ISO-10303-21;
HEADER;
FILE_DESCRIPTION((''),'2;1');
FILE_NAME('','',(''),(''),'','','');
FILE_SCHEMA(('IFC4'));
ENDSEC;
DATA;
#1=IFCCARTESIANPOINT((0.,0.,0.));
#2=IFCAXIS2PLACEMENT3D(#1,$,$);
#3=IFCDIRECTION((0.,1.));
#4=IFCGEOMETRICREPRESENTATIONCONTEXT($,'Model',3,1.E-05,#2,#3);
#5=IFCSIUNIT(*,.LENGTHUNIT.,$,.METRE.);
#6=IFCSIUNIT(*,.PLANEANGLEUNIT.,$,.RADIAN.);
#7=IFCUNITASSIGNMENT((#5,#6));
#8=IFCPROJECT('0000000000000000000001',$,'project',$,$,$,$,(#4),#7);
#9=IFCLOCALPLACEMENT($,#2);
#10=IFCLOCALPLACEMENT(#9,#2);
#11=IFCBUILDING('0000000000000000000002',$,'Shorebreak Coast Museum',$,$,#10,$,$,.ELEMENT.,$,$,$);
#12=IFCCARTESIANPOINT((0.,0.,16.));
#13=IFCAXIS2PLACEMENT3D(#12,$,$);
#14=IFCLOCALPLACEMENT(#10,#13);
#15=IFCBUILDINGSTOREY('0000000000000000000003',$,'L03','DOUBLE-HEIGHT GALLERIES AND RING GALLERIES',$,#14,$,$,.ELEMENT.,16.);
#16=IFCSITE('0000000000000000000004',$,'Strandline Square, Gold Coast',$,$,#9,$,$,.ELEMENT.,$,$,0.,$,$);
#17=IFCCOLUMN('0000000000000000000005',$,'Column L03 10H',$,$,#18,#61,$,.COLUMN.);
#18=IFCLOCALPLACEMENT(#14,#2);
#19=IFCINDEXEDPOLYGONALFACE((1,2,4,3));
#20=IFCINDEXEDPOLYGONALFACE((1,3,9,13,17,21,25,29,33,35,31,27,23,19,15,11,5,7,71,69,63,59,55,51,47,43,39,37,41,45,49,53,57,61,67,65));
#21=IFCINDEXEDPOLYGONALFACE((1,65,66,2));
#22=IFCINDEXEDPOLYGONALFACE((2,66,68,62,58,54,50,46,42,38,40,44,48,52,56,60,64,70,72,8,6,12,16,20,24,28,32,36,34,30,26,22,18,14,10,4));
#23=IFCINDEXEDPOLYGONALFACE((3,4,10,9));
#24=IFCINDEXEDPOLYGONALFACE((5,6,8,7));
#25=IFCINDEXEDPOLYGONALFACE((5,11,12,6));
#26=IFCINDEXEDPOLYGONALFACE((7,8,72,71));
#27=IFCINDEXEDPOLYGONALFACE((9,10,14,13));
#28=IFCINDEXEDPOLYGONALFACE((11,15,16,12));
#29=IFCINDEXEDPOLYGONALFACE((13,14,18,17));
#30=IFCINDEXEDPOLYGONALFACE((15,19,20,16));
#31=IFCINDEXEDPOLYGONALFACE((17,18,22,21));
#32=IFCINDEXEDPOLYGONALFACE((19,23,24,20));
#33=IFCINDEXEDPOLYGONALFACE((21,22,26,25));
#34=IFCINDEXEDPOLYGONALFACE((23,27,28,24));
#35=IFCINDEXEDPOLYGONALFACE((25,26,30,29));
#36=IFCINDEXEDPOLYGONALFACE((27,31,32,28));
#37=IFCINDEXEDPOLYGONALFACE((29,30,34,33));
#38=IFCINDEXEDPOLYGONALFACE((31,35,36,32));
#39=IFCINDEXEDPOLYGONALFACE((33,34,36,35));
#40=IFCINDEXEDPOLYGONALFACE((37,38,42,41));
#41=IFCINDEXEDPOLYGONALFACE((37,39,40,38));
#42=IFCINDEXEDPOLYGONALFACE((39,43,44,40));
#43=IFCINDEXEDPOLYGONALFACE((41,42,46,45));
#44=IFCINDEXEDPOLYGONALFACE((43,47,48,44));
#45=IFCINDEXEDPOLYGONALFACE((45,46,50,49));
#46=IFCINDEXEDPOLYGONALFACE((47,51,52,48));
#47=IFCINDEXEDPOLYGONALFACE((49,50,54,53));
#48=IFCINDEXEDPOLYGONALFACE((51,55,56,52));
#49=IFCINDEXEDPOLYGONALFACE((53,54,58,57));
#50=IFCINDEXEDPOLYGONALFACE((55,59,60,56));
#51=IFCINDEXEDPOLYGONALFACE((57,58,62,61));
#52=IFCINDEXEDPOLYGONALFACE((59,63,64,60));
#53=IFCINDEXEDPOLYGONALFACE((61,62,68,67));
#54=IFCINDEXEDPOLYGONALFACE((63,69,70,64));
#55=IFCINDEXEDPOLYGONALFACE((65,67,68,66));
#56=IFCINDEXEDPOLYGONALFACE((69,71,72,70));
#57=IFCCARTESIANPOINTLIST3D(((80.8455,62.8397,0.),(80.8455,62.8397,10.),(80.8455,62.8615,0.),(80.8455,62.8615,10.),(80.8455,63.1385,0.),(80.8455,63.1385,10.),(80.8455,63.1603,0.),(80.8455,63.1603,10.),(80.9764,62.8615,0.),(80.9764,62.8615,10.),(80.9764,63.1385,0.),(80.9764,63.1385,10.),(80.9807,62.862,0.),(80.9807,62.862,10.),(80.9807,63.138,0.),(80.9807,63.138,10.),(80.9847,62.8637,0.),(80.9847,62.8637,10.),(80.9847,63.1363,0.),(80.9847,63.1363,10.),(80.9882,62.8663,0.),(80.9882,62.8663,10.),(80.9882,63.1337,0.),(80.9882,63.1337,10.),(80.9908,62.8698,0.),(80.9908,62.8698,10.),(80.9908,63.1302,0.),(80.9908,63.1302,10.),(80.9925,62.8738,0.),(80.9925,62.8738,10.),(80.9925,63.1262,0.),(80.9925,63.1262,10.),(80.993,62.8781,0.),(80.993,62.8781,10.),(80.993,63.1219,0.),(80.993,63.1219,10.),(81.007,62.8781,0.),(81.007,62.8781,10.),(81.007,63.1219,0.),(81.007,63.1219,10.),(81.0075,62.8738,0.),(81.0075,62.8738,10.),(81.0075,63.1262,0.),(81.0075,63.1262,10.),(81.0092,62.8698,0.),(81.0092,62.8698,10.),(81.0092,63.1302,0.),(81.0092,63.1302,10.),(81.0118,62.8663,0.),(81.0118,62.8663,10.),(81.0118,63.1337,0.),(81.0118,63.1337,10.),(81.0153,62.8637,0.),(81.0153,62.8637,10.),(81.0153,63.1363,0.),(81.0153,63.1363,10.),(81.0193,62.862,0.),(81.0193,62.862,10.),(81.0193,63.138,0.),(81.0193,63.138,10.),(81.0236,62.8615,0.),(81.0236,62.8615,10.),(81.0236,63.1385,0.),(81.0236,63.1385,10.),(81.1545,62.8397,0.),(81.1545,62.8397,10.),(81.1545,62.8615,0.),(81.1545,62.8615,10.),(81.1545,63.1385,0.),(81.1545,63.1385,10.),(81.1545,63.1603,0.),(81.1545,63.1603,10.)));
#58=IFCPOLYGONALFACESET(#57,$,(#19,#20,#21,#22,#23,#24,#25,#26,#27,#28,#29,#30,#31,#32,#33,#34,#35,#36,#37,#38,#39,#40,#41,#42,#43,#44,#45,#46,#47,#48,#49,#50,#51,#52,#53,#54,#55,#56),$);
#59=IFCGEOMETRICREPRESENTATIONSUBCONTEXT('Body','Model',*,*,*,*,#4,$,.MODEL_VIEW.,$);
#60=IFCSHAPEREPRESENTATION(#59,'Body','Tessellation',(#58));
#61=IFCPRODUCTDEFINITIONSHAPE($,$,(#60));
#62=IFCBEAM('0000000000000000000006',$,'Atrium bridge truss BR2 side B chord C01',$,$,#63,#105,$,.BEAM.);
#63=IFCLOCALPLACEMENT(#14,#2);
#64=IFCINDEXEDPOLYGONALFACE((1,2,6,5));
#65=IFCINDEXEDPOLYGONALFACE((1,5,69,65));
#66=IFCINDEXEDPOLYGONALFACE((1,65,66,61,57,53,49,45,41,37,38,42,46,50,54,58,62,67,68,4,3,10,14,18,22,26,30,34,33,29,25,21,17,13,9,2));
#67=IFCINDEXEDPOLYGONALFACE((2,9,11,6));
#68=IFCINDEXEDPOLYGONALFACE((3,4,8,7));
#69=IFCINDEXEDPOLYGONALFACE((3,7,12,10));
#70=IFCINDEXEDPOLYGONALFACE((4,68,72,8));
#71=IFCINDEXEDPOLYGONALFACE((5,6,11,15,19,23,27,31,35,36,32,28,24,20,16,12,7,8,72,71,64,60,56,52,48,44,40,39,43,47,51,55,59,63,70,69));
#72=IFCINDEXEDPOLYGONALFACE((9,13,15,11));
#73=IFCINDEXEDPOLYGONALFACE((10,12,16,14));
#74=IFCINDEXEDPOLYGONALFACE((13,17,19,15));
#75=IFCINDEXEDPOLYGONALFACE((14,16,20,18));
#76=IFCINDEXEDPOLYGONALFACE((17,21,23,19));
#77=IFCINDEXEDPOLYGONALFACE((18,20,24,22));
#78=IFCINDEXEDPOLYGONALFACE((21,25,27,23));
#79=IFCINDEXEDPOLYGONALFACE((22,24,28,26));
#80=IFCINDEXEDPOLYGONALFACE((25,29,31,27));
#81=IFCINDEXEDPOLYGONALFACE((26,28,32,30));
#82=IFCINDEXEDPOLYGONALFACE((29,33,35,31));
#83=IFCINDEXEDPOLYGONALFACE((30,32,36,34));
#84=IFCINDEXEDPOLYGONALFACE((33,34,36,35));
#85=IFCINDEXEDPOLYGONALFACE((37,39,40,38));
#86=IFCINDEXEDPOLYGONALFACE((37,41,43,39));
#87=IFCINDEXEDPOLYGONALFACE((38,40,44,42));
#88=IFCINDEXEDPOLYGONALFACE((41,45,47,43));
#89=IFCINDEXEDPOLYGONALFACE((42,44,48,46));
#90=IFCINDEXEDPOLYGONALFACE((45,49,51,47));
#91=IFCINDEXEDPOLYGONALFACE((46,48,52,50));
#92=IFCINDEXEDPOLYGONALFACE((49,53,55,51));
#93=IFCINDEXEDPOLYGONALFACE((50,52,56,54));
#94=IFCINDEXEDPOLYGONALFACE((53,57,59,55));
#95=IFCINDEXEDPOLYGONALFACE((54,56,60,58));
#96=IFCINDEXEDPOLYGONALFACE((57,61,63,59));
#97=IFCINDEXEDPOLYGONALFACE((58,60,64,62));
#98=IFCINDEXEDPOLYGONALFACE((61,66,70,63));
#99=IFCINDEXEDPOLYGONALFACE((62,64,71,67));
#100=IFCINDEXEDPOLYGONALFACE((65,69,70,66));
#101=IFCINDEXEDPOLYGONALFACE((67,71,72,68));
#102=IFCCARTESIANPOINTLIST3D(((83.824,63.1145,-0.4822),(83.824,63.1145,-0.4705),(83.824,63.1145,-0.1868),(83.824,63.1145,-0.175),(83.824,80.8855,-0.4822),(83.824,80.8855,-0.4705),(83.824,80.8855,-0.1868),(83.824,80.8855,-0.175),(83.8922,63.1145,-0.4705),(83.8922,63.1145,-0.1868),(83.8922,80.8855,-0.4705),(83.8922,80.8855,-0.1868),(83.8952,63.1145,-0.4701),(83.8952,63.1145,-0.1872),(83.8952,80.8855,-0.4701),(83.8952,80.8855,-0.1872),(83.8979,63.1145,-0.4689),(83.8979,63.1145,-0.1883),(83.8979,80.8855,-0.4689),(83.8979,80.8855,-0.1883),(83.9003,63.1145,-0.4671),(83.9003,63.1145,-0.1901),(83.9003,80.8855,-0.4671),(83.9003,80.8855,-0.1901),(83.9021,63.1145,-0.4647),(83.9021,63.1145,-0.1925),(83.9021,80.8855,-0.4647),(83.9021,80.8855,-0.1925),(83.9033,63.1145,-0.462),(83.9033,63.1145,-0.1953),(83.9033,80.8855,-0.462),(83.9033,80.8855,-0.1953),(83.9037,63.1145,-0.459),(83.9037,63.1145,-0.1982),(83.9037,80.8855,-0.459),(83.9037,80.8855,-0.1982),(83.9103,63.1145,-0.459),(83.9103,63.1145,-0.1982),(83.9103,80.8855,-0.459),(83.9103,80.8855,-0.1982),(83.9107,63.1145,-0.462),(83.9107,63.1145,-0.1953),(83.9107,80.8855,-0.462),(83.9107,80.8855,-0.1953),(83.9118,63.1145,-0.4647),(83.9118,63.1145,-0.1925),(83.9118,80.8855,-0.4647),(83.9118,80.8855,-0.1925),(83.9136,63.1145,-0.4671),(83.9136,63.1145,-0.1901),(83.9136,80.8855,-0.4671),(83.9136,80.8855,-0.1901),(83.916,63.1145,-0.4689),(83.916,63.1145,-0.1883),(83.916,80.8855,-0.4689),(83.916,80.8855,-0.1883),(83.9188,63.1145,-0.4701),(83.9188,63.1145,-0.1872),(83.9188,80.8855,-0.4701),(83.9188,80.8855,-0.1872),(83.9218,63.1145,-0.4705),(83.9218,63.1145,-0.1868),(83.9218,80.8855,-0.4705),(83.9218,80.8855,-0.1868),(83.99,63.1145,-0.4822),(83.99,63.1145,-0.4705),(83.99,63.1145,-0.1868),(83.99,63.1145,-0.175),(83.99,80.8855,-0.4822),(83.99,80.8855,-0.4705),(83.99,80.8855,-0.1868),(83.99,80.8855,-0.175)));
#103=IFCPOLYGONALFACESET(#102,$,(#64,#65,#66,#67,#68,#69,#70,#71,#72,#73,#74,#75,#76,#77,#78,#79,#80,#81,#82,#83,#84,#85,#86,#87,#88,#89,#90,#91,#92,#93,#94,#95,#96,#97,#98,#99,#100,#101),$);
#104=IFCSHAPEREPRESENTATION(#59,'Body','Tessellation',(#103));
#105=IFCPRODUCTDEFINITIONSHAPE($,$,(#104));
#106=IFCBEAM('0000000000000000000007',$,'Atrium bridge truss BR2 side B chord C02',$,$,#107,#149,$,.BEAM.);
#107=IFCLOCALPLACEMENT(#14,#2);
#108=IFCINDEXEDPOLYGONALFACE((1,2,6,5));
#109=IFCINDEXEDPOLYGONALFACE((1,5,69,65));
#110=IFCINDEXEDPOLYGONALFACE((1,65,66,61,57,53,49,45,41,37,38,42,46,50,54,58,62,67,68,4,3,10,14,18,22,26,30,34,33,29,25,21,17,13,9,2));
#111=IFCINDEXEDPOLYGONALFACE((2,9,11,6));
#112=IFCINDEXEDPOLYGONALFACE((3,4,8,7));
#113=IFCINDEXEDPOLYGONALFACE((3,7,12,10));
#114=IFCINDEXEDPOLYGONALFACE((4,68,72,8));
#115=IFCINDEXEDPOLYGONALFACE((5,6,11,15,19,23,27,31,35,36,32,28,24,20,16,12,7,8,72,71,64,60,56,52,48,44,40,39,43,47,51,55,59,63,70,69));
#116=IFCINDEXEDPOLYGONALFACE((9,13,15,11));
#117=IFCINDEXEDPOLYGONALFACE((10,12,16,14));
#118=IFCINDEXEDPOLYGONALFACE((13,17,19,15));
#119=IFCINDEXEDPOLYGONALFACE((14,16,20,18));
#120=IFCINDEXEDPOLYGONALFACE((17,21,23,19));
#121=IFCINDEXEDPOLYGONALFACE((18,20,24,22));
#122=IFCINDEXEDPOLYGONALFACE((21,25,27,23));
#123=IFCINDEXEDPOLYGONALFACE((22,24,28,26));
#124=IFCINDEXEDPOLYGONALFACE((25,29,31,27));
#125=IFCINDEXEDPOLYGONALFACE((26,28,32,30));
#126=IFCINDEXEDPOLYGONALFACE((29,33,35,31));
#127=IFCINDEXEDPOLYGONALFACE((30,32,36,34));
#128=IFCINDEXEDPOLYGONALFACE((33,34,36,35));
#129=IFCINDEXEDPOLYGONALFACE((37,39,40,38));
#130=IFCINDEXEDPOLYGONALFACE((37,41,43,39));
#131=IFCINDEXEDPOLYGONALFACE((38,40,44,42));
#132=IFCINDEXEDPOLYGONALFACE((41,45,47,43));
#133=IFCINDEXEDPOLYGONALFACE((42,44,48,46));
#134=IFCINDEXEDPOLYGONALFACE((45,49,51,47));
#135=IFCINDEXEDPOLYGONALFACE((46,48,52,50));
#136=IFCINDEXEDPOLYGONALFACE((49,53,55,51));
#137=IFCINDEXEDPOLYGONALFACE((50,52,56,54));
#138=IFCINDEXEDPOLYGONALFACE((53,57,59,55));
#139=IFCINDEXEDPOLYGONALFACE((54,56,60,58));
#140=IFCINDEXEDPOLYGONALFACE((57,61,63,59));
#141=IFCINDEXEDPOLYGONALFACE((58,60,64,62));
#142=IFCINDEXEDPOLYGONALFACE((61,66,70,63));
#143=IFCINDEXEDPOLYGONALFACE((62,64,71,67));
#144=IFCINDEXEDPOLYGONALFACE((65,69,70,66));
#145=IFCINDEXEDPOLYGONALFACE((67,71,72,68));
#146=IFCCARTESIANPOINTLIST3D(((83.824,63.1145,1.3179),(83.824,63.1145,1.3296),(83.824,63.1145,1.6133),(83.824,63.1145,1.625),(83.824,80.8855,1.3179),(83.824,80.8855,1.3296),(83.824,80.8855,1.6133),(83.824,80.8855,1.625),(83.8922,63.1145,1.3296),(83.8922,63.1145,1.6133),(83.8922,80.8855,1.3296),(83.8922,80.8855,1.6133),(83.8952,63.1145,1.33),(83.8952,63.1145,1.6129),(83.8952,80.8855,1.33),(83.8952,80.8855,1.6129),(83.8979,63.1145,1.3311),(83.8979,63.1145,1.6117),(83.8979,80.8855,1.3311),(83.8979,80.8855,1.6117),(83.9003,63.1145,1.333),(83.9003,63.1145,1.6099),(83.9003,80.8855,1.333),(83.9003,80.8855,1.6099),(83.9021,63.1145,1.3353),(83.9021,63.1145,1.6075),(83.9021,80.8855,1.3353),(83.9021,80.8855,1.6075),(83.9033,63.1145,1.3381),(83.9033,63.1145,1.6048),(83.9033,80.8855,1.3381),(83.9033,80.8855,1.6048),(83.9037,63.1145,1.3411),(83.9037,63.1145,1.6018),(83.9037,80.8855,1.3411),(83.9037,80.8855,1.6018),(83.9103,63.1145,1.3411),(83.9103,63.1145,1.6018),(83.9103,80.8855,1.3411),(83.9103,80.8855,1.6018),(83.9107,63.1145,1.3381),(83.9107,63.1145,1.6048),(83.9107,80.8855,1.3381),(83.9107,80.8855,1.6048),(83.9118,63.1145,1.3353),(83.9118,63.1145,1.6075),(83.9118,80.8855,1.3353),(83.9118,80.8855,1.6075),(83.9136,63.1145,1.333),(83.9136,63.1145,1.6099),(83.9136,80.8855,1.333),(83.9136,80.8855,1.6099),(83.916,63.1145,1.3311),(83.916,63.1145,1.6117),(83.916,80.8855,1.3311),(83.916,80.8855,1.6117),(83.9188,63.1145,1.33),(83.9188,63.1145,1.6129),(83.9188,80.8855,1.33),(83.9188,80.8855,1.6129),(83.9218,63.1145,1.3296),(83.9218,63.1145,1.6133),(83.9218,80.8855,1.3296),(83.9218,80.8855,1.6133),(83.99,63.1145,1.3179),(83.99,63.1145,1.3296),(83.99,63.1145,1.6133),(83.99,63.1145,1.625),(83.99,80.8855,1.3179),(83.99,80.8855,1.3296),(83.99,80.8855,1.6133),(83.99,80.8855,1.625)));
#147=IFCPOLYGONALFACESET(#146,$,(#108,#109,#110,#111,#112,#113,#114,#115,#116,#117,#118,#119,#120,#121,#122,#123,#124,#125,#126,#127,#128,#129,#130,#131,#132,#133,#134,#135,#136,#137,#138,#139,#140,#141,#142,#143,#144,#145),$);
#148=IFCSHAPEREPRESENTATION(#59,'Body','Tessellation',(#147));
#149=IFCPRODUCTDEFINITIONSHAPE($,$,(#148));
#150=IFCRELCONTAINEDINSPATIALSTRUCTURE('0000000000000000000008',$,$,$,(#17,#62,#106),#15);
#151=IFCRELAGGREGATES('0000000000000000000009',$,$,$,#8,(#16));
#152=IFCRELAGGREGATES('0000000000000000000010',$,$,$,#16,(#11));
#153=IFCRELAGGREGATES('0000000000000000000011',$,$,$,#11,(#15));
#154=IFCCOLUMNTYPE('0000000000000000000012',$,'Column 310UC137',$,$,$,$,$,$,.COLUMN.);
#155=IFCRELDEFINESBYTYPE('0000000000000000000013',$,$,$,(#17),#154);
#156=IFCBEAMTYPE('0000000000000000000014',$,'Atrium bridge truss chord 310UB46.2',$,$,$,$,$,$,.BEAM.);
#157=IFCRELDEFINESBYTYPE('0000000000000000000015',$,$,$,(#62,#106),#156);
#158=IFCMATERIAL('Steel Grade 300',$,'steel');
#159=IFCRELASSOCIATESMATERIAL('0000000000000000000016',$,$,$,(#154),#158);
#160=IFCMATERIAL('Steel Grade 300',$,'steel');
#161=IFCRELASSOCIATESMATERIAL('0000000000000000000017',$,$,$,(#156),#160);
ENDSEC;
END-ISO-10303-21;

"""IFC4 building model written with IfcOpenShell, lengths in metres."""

from ifc_helpers import new_model, si_unit, direction, frame, origin, origin_2d, place, context, subcontext, project, spatial, i_section, extrude, material, material_profile, profile_set, type_object, element, save


model = new_model("IFC4")

# Units and contexts
model_context = context("Model", 3, precision=1e-05, world=origin(), true_north=direction((0.0, 1.0)))
body_context = subcontext(model_context, "Body", "Model", "MODEL_VIEW")
ifc_project = project(units=[si_unit("LENGTHUNIT", "METRE"), si_unit("PLANEANGLEUNIT", "RADIAN")], contexts=[model_context])

# Site, building, storey
site_placement = place(None, origin())
site = spatial("IfcSite", under=ifc_project, at=site_placement, Name="Strandline Square, Gold Coast", CompositionType="ELEMENT", RefElevation=0.0)
building_placement = place(site_placement, origin())
building = spatial("IfcBuilding", under=site, at=building_placement, Name="Shorebreak Coast Museum", CompositionType="ELEMENT")
storey_placement = place(building_placement, frame((0.0, 0.0, 16.0)))
storey = spatial("IfcBuildingStorey", under=building, at=storey_placement, Name="L03", Description="DOUBLE-HEIGHT GALLERIES AND RING GALLERIES", CompositionType="ELEMENT", Elevation=16.0)

# Column
ifc_material_1 = material(Name="Steel Grade 300", Category="steel")
ifc_material_profile_1 = material_profile(ifc_material_1, i_section(OverallWidth=0.3091, OverallDepth=0.3206, WebThickness=0.0139, FlangeThickness=0.0217, FilletRadius=0.0166, at=origin_2d()), Name="310UC137")
ifc_profile_set_1 = profile_set([ifc_material_profile_1], Name="Steel Grade 300")
column_type = type_object("IfcColumnType", Name="Column 310UC137", PredefinedType="COLUMN", material=ifc_profile_set_1)
column_placement = place(storey_placement, frame((81.0, 63.0, 0.0), z_axis=(0.0, 0.0, 1.0), x_axis=(1.0, 0.0, 0.0)))
element("IfcColumn", 1, at=column_placement, inside=storey, type_object=column_type, Name="Column L03 10H", PredefinedType="COLUMN", context=body_context, shape_type="SweptSolid", body=[
    extrude(i_section(OverallWidth=0.3091, OverallDepth=0.3206, WebThickness=0.0139, FlangeThickness=0.0217, FilletRadius=0.0166, at=origin_2d()), origin(), (0.0, 0.0, 1.0), 10.0),
])

# Beams
ifc_material_2 = material(Name="Steel Grade 300", Category="steel")
ifc_material_profile_2 = material_profile(ifc_material_2, i_section(OverallWidth=0.166, OverallDepth=0.3071, WebThickness=0.0066, FlangeThickness=0.0117, FilletRadius=0.0115, at=origin_2d()), Name="310UB46.2")
ifc_profile_set_2 = profile_set([ifc_material_profile_2], Name="Steel Grade 300")
beam_type_1 = type_object("IfcBeamType", Name="Atrium bridge truss chord 310UB46.2", PredefinedType="BEAM", material=ifc_profile_set_2)
for number, where, z_axis, x_axis, name in (
    (2, (83.907, 63.1145, -0.3286), (0.0, 1.0, 0.0), (-1.0, 0.0, 0.0), "Atrium bridge truss BR2 side B chord C01"),
    (3, (83.907, 63.1145, 1.4714), (0.0, 1.0, 0.0), (-1.0, 0.0, 0.0), "Atrium bridge truss BR2 side B chord C02"),
):
    element("IfcBeam", number, at=place(storey_placement, frame(where, z_axis=z_axis, x_axis=x_axis)), inside=storey, type_object=beam_type_1, Name=name, PredefinedType="BEAM", context=body_context, shape_type="SweptSolid", body=[
        extrude(i_section(OverallWidth=0.166, OverallDepth=0.3071, WebThickness=0.0066, FlangeThickness=0.0117, FilletRadius=0.0115, at=origin_2d()), origin(), (0.0, 0.0, 1.0), 17.771),
    ])

save(model, "model.ifc")
